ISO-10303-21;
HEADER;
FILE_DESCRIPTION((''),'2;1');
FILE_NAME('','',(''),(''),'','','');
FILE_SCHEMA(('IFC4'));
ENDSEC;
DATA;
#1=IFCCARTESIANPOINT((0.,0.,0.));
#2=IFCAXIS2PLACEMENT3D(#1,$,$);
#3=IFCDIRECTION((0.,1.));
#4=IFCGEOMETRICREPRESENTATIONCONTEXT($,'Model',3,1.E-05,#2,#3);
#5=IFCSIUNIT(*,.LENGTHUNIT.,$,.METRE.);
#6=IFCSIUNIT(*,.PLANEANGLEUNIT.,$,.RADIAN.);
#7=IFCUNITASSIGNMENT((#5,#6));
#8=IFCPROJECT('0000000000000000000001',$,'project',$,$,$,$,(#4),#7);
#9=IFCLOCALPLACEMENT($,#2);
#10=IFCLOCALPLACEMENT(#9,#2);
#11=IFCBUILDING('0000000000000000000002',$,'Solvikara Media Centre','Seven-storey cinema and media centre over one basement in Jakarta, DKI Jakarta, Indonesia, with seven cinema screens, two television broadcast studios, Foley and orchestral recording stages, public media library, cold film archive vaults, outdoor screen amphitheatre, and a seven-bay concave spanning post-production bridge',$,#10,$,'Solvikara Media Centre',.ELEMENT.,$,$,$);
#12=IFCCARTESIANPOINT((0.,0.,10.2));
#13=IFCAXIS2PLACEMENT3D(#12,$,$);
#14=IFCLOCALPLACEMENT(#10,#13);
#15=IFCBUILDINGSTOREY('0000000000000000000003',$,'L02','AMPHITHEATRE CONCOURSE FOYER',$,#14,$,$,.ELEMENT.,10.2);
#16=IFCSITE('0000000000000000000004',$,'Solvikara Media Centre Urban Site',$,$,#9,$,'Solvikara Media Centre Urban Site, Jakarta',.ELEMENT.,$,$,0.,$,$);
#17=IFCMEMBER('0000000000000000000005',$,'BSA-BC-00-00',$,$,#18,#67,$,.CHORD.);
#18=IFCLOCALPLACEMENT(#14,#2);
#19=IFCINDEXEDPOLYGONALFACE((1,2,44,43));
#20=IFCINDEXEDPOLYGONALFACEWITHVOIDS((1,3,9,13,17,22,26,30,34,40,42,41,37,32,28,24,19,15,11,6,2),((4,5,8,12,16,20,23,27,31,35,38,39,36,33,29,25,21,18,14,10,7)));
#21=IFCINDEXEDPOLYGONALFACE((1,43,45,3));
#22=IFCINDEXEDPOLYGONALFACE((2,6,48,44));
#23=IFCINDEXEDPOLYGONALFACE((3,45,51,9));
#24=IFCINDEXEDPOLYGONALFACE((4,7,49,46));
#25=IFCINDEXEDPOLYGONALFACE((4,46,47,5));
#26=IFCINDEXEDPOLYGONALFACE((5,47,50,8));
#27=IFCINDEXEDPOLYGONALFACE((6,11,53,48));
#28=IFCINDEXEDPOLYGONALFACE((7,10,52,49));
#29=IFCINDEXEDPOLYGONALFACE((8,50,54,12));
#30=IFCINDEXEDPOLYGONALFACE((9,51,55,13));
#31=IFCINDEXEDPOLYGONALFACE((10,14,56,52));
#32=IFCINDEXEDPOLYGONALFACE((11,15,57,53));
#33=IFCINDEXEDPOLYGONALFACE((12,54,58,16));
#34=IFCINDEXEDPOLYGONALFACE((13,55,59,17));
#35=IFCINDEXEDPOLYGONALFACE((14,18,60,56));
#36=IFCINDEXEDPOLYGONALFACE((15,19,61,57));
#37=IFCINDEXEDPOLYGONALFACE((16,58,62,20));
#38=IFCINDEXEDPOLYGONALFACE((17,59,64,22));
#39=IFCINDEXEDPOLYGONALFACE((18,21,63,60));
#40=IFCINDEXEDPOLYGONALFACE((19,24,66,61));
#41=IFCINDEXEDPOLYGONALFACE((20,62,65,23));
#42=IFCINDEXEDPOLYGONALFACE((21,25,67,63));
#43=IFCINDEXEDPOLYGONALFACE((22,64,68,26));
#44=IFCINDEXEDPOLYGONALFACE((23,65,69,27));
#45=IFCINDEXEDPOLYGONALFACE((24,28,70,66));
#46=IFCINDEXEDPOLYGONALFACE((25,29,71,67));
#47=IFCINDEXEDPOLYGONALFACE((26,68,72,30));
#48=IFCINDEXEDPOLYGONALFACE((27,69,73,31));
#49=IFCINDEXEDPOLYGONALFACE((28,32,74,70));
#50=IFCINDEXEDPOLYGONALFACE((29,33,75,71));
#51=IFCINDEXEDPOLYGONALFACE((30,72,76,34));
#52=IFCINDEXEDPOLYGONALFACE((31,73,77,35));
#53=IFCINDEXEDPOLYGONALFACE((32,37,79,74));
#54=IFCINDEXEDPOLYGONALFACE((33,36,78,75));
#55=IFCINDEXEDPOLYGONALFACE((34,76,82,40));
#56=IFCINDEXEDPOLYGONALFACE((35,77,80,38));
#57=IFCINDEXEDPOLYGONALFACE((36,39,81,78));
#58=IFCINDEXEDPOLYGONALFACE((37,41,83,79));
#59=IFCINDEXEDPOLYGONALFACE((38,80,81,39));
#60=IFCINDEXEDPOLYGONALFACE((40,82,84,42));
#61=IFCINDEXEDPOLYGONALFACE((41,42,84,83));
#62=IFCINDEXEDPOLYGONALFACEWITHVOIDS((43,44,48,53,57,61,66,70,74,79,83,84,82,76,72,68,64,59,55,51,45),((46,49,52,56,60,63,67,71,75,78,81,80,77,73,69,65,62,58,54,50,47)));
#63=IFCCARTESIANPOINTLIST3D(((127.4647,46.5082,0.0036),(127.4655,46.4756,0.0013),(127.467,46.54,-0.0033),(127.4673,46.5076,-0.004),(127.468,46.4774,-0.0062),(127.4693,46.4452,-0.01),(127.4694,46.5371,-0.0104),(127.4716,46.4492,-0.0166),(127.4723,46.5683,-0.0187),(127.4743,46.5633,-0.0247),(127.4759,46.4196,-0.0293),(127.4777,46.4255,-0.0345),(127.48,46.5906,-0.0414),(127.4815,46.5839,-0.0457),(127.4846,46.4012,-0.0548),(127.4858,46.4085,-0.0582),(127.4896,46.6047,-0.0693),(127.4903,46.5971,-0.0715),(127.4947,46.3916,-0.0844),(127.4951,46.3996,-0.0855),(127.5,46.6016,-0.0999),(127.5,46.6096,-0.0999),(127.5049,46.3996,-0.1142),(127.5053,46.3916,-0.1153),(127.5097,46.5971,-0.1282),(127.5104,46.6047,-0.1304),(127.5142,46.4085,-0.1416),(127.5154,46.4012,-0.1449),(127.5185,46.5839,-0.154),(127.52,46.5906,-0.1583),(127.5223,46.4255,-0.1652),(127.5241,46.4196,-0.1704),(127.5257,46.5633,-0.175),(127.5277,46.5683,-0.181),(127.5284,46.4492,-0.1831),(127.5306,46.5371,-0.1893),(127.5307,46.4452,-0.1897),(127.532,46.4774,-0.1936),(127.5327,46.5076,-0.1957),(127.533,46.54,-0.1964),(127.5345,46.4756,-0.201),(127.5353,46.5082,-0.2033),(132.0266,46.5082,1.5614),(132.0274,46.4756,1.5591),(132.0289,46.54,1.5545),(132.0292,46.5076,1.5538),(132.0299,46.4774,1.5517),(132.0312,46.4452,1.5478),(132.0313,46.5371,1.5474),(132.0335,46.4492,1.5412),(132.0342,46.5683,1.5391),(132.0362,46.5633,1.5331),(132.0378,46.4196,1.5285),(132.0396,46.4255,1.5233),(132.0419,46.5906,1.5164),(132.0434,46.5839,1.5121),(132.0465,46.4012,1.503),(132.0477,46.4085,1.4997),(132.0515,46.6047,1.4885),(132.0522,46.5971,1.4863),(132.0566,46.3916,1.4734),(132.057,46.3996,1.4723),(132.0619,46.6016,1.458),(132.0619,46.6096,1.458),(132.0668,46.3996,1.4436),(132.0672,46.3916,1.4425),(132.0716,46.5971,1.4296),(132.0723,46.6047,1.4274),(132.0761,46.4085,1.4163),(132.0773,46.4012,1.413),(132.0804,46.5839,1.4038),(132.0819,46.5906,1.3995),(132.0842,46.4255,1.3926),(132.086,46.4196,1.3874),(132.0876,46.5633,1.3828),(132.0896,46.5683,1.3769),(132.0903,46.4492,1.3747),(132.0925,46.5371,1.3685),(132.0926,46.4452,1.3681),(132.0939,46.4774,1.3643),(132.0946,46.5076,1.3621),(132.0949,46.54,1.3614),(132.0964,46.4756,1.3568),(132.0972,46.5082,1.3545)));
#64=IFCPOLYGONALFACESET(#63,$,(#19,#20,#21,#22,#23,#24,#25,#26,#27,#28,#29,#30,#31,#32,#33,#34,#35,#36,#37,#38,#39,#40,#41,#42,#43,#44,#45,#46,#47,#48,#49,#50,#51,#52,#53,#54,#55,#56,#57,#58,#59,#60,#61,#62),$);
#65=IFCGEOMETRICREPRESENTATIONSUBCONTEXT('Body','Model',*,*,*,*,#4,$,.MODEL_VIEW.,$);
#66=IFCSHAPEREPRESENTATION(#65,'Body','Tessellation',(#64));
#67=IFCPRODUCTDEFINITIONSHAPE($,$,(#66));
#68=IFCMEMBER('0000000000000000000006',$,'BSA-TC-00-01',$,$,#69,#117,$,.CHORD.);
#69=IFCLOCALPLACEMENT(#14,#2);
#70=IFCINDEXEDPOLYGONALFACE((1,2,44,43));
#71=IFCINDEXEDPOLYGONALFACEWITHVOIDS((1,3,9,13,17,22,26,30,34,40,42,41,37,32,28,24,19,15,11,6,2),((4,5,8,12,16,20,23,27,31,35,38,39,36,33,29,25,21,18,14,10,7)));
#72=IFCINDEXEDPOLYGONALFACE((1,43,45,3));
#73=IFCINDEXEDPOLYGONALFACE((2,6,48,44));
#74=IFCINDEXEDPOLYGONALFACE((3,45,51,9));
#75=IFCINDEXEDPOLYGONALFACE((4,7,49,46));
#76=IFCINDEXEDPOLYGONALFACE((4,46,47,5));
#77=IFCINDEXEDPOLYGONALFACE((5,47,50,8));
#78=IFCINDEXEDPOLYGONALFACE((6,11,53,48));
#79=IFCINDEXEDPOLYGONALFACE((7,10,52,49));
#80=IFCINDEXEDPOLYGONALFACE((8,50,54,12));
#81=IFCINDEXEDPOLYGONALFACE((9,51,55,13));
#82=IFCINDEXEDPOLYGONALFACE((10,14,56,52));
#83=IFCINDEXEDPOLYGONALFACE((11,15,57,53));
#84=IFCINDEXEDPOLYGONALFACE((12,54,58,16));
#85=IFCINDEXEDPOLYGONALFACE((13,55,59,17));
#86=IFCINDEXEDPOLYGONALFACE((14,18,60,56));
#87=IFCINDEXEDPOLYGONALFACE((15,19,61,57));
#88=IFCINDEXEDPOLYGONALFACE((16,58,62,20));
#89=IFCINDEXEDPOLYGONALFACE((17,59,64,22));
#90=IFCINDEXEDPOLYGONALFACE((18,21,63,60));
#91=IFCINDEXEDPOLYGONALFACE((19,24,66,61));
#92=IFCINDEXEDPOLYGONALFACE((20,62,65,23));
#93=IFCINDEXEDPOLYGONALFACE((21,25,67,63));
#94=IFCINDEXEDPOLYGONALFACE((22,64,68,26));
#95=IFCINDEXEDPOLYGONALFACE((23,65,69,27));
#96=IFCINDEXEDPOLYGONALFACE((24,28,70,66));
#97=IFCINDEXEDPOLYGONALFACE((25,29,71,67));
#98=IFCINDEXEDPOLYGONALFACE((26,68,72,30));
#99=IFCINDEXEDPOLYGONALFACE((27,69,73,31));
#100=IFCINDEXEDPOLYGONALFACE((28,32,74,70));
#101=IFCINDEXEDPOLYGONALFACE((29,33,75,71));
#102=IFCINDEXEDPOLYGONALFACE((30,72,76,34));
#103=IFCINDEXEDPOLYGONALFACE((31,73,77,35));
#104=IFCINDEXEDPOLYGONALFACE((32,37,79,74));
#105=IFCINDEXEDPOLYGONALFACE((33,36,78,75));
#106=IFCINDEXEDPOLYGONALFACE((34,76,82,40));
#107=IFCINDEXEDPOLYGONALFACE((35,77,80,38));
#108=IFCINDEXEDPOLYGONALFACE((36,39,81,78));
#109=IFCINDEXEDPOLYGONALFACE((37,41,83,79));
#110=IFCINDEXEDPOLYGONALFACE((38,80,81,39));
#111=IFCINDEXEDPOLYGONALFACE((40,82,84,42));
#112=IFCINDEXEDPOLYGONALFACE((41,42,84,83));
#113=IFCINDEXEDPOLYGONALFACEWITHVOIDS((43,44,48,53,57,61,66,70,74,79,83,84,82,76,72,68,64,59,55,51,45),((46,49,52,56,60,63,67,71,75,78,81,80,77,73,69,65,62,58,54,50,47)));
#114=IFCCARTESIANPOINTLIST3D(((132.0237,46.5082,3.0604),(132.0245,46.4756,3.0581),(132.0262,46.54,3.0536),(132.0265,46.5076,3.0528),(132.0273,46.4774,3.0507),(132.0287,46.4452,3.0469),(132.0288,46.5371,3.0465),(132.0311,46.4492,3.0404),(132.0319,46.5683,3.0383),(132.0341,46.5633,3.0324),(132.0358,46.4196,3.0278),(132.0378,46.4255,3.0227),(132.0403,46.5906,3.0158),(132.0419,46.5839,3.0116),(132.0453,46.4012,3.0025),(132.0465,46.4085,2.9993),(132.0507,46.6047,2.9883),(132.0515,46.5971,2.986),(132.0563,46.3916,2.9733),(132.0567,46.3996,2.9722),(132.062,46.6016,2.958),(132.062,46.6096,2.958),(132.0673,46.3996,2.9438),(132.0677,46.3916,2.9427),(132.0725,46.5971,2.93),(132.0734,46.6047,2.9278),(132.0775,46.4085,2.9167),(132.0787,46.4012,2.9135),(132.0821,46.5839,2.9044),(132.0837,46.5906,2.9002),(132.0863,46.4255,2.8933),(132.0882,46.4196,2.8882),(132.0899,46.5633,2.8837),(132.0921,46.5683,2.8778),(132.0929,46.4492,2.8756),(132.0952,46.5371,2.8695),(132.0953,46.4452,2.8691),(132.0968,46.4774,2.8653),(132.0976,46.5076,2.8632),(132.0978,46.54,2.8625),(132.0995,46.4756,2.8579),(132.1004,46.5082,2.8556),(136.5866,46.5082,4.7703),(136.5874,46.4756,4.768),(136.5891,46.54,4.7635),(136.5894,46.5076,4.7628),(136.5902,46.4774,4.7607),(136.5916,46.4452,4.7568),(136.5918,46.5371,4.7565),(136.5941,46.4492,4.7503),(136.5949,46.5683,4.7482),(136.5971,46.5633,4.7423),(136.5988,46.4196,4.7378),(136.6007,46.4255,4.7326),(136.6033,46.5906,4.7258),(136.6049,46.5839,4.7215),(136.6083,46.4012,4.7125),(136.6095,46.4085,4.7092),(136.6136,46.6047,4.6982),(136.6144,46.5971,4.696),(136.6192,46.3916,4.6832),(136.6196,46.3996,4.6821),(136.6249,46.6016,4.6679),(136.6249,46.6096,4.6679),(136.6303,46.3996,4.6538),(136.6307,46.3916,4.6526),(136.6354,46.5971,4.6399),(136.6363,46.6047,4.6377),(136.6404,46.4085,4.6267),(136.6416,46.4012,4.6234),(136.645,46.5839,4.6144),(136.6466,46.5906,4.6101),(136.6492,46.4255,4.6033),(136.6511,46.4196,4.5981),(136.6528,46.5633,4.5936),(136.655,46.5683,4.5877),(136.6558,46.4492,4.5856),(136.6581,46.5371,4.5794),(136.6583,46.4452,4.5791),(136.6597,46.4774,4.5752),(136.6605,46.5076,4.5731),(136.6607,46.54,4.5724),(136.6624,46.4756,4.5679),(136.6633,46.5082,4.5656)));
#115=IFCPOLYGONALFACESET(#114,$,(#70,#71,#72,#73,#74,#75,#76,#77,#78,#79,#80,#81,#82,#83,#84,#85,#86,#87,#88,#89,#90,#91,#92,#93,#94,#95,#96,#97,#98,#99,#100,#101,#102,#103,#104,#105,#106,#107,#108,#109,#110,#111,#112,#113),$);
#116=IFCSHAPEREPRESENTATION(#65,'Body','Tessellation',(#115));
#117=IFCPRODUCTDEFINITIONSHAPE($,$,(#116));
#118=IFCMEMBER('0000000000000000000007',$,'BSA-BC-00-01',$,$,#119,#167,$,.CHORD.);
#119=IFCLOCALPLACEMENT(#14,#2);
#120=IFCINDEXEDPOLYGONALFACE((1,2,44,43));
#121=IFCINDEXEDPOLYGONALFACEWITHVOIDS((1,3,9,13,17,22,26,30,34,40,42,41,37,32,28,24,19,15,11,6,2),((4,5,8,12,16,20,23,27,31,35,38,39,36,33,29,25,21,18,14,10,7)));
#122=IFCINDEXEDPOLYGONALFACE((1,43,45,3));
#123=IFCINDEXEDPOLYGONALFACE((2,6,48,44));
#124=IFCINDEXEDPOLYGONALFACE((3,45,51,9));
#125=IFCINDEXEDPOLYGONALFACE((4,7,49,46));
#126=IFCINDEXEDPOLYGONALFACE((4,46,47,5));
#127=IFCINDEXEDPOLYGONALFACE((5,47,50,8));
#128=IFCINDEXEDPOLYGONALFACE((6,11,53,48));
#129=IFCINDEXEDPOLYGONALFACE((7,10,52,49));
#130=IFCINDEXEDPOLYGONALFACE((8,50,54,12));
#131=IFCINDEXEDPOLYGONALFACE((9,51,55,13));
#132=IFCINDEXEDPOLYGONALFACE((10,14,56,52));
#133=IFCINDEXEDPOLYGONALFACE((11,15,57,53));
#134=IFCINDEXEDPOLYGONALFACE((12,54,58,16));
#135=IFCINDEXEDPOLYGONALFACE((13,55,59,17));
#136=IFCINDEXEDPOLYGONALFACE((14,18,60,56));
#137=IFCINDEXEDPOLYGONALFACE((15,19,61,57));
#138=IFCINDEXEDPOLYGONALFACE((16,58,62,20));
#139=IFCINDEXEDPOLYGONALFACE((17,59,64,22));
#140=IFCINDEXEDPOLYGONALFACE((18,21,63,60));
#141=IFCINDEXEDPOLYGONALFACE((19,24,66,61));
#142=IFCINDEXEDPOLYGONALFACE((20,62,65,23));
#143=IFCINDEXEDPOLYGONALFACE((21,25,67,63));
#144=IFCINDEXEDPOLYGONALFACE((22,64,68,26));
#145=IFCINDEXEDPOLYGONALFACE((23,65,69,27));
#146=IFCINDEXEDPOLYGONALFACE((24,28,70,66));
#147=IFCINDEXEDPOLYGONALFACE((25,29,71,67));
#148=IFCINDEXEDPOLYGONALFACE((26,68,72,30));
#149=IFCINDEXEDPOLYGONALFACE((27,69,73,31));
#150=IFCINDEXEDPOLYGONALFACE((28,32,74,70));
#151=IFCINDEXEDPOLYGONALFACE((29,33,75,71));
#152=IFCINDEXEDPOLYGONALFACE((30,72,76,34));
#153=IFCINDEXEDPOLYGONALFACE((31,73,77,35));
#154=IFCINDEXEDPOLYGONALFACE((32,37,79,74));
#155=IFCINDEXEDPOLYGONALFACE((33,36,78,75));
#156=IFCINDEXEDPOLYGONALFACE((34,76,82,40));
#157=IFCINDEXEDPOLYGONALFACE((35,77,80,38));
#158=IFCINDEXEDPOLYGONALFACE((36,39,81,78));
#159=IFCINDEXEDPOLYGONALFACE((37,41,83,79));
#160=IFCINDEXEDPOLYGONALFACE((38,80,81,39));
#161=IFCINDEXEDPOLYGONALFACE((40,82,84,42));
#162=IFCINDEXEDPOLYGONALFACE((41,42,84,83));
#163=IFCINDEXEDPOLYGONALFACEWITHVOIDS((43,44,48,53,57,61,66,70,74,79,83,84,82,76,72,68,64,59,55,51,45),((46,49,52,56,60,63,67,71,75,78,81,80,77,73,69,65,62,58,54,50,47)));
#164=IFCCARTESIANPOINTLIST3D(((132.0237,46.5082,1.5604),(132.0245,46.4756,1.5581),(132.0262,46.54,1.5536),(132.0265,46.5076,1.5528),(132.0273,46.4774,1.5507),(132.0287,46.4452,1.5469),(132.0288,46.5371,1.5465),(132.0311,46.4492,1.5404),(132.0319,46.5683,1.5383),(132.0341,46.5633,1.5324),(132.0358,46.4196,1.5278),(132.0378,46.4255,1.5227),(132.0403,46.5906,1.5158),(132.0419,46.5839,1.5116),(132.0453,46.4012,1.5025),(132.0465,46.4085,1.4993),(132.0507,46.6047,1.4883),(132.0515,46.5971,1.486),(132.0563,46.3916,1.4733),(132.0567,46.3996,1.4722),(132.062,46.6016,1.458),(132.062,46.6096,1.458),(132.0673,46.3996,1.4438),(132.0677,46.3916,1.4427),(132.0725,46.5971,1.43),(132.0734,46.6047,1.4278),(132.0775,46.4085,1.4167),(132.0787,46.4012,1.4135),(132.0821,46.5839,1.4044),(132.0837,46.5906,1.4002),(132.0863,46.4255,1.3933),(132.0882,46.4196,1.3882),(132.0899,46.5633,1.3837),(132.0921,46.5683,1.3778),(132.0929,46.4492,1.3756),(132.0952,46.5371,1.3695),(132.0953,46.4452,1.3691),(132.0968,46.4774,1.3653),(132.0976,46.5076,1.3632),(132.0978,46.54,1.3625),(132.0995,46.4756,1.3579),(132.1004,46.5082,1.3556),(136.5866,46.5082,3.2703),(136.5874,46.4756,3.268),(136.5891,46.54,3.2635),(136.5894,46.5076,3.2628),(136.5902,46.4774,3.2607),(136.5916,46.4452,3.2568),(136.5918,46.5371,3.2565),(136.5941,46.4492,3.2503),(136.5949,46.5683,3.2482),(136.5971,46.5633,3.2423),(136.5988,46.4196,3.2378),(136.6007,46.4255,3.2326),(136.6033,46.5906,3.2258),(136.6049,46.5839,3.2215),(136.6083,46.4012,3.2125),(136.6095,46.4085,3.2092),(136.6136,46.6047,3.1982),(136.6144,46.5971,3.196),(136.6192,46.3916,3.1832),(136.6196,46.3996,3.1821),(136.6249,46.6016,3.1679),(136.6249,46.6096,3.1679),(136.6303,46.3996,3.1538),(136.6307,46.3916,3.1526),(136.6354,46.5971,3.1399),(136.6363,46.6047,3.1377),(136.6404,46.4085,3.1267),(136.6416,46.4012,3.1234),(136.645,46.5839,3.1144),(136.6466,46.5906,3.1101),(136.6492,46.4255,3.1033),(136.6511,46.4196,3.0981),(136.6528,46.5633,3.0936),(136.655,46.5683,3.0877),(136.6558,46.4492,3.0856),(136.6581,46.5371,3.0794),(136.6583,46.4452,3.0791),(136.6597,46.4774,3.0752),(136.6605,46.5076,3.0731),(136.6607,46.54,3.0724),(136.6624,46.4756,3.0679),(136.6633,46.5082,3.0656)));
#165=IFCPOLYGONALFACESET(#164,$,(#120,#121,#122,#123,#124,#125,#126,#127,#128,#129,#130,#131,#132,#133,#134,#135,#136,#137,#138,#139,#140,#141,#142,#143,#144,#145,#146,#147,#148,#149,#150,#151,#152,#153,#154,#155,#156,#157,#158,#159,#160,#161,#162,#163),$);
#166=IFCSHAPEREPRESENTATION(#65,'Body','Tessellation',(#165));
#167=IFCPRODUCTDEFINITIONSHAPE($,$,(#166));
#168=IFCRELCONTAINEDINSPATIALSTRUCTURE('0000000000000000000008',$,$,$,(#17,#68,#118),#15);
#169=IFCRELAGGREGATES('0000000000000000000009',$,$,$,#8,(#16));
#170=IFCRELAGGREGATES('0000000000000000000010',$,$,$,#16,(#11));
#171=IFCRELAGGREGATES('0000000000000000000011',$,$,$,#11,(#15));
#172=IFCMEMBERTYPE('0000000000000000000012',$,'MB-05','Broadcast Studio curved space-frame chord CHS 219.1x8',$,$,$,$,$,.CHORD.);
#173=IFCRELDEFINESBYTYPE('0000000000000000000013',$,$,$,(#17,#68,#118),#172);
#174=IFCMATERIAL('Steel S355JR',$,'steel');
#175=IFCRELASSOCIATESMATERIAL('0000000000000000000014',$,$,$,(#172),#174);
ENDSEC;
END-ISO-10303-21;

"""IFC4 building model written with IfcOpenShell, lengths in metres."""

from ifc_helpers import new_model, si_unit, direction, frame, origin, origin_2d, place, context, subcontext, project, spatial, hollow_circle, extrude, material, material_profile, profile_set, type_object, element, save


model = new_model("IFC4")

# Units and contexts
model_context = context("Model", 3, precision=1e-05, world=origin(), true_north=direction((0.0, 1.0)))
body_context = subcontext(model_context, "Body", "Model", "MODEL_VIEW")
ifc_project = project(units=[si_unit("LENGTHUNIT", "METRE"), si_unit("PLANEANGLEUNIT", "RADIAN")], contexts=[model_context])

# Site, building, storey
site_placement = place(None, origin())
site = spatial("IfcSite", under=ifc_project, at=site_placement, Name="Solvikara Media Centre Urban Site", LongName="Solvikara Media Centre Urban Site, Jakarta", CompositionType="ELEMENT", RefElevation=0.0)
building_placement = place(site_placement, origin())
building = spatial("IfcBuilding", under=site, at=building_placement, Name="Solvikara Media Centre", Description="Seven-storey cinema and media centre over one basement in Jakarta, DKI Jakarta, Indonesia, with seven cinema screens, two television broadcast studios, Foley and orchestral recording stages, public media library, cold film archive vaults, outdoor screen amphitheatre, and a seven-bay concave spanning post-production bridge", LongName="Solvikara Media Centre", CompositionType="ELEMENT")
storey_placement = place(building_placement, frame((0.0, 0.0, 10.2)))
storey = spatial("IfcBuildingStorey", under=building, at=storey_placement, Name="L02", Description="AMPHITHEATRE CONCOURSE FOYER", CompositionType="ELEMENT", Elevation=10.2)

# Shared definitions
ifc_material_1 = material(Name="Steel S355JR", Category="steel")

# Members
ifc_material_profile_1 = material_profile(ifc_material_1, hollow_circle(Radius=0.1096, WallThickness=0.0081, at=origin_2d()), Name="CHS 219.1x8")
ifc_profile_set_1 = profile_set([ifc_material_profile_1], Name="Steel S355JR")
member_type_1 = type_object("IfcMemberType", Name="MB-05", Description="Broadcast Studio curved space-frame chord CHS 219.1x8", PredefinedType="CHORD", material=ifc_profile_set_1)
member_1_placement = place(storey_placement, frame((127.5, 46.5, -0.0999), z_axis=(0.946343, 0.0, 0.323163), x_axis=(0.0, 1.0, 0.0)))
element("IfcMember", 1, at=member_1_placement, inside=storey, type_object=member_type_1, Name="BSA-BC-00-00", PredefinedType="CHORD", context=body_context, shape_type="SweptSolid", body=[
    extrude(hollow_circle(Radius=0.1096, WallThickness=0.0081, at=origin_2d()), origin(), (0.0, 0.0, 1.0), 4.8206),
])
for number, where, z_axis, x_axis, name in (
    (2, (132.062, 46.5, 2.958), (0.936407, 0.0, 0.350915), (0.0, 1.0, 0.0), "BSA-TC-00-01"),
    (3, (132.062, 46.5, 1.458), (0.936407, 0.0, 0.350915), (0.0, 1.0, 0.0), "BSA-BC-00-01"),
):
    element("IfcMember", number, at=place(storey_placement, frame(where, z_axis=z_axis, x_axis=x_axis)), inside=storey, type_object=member_type_1, Name=name, PredefinedType="CHORD", context=body_context, shape_type="SweptSolid", body=[
        extrude(hollow_circle(Radius=0.1096, WallThickness=0.0081, at=origin_2d()), origin(), (0.0, 0.0, 1.0), 4.8728),
    ])

save(model, "model.ifc")
